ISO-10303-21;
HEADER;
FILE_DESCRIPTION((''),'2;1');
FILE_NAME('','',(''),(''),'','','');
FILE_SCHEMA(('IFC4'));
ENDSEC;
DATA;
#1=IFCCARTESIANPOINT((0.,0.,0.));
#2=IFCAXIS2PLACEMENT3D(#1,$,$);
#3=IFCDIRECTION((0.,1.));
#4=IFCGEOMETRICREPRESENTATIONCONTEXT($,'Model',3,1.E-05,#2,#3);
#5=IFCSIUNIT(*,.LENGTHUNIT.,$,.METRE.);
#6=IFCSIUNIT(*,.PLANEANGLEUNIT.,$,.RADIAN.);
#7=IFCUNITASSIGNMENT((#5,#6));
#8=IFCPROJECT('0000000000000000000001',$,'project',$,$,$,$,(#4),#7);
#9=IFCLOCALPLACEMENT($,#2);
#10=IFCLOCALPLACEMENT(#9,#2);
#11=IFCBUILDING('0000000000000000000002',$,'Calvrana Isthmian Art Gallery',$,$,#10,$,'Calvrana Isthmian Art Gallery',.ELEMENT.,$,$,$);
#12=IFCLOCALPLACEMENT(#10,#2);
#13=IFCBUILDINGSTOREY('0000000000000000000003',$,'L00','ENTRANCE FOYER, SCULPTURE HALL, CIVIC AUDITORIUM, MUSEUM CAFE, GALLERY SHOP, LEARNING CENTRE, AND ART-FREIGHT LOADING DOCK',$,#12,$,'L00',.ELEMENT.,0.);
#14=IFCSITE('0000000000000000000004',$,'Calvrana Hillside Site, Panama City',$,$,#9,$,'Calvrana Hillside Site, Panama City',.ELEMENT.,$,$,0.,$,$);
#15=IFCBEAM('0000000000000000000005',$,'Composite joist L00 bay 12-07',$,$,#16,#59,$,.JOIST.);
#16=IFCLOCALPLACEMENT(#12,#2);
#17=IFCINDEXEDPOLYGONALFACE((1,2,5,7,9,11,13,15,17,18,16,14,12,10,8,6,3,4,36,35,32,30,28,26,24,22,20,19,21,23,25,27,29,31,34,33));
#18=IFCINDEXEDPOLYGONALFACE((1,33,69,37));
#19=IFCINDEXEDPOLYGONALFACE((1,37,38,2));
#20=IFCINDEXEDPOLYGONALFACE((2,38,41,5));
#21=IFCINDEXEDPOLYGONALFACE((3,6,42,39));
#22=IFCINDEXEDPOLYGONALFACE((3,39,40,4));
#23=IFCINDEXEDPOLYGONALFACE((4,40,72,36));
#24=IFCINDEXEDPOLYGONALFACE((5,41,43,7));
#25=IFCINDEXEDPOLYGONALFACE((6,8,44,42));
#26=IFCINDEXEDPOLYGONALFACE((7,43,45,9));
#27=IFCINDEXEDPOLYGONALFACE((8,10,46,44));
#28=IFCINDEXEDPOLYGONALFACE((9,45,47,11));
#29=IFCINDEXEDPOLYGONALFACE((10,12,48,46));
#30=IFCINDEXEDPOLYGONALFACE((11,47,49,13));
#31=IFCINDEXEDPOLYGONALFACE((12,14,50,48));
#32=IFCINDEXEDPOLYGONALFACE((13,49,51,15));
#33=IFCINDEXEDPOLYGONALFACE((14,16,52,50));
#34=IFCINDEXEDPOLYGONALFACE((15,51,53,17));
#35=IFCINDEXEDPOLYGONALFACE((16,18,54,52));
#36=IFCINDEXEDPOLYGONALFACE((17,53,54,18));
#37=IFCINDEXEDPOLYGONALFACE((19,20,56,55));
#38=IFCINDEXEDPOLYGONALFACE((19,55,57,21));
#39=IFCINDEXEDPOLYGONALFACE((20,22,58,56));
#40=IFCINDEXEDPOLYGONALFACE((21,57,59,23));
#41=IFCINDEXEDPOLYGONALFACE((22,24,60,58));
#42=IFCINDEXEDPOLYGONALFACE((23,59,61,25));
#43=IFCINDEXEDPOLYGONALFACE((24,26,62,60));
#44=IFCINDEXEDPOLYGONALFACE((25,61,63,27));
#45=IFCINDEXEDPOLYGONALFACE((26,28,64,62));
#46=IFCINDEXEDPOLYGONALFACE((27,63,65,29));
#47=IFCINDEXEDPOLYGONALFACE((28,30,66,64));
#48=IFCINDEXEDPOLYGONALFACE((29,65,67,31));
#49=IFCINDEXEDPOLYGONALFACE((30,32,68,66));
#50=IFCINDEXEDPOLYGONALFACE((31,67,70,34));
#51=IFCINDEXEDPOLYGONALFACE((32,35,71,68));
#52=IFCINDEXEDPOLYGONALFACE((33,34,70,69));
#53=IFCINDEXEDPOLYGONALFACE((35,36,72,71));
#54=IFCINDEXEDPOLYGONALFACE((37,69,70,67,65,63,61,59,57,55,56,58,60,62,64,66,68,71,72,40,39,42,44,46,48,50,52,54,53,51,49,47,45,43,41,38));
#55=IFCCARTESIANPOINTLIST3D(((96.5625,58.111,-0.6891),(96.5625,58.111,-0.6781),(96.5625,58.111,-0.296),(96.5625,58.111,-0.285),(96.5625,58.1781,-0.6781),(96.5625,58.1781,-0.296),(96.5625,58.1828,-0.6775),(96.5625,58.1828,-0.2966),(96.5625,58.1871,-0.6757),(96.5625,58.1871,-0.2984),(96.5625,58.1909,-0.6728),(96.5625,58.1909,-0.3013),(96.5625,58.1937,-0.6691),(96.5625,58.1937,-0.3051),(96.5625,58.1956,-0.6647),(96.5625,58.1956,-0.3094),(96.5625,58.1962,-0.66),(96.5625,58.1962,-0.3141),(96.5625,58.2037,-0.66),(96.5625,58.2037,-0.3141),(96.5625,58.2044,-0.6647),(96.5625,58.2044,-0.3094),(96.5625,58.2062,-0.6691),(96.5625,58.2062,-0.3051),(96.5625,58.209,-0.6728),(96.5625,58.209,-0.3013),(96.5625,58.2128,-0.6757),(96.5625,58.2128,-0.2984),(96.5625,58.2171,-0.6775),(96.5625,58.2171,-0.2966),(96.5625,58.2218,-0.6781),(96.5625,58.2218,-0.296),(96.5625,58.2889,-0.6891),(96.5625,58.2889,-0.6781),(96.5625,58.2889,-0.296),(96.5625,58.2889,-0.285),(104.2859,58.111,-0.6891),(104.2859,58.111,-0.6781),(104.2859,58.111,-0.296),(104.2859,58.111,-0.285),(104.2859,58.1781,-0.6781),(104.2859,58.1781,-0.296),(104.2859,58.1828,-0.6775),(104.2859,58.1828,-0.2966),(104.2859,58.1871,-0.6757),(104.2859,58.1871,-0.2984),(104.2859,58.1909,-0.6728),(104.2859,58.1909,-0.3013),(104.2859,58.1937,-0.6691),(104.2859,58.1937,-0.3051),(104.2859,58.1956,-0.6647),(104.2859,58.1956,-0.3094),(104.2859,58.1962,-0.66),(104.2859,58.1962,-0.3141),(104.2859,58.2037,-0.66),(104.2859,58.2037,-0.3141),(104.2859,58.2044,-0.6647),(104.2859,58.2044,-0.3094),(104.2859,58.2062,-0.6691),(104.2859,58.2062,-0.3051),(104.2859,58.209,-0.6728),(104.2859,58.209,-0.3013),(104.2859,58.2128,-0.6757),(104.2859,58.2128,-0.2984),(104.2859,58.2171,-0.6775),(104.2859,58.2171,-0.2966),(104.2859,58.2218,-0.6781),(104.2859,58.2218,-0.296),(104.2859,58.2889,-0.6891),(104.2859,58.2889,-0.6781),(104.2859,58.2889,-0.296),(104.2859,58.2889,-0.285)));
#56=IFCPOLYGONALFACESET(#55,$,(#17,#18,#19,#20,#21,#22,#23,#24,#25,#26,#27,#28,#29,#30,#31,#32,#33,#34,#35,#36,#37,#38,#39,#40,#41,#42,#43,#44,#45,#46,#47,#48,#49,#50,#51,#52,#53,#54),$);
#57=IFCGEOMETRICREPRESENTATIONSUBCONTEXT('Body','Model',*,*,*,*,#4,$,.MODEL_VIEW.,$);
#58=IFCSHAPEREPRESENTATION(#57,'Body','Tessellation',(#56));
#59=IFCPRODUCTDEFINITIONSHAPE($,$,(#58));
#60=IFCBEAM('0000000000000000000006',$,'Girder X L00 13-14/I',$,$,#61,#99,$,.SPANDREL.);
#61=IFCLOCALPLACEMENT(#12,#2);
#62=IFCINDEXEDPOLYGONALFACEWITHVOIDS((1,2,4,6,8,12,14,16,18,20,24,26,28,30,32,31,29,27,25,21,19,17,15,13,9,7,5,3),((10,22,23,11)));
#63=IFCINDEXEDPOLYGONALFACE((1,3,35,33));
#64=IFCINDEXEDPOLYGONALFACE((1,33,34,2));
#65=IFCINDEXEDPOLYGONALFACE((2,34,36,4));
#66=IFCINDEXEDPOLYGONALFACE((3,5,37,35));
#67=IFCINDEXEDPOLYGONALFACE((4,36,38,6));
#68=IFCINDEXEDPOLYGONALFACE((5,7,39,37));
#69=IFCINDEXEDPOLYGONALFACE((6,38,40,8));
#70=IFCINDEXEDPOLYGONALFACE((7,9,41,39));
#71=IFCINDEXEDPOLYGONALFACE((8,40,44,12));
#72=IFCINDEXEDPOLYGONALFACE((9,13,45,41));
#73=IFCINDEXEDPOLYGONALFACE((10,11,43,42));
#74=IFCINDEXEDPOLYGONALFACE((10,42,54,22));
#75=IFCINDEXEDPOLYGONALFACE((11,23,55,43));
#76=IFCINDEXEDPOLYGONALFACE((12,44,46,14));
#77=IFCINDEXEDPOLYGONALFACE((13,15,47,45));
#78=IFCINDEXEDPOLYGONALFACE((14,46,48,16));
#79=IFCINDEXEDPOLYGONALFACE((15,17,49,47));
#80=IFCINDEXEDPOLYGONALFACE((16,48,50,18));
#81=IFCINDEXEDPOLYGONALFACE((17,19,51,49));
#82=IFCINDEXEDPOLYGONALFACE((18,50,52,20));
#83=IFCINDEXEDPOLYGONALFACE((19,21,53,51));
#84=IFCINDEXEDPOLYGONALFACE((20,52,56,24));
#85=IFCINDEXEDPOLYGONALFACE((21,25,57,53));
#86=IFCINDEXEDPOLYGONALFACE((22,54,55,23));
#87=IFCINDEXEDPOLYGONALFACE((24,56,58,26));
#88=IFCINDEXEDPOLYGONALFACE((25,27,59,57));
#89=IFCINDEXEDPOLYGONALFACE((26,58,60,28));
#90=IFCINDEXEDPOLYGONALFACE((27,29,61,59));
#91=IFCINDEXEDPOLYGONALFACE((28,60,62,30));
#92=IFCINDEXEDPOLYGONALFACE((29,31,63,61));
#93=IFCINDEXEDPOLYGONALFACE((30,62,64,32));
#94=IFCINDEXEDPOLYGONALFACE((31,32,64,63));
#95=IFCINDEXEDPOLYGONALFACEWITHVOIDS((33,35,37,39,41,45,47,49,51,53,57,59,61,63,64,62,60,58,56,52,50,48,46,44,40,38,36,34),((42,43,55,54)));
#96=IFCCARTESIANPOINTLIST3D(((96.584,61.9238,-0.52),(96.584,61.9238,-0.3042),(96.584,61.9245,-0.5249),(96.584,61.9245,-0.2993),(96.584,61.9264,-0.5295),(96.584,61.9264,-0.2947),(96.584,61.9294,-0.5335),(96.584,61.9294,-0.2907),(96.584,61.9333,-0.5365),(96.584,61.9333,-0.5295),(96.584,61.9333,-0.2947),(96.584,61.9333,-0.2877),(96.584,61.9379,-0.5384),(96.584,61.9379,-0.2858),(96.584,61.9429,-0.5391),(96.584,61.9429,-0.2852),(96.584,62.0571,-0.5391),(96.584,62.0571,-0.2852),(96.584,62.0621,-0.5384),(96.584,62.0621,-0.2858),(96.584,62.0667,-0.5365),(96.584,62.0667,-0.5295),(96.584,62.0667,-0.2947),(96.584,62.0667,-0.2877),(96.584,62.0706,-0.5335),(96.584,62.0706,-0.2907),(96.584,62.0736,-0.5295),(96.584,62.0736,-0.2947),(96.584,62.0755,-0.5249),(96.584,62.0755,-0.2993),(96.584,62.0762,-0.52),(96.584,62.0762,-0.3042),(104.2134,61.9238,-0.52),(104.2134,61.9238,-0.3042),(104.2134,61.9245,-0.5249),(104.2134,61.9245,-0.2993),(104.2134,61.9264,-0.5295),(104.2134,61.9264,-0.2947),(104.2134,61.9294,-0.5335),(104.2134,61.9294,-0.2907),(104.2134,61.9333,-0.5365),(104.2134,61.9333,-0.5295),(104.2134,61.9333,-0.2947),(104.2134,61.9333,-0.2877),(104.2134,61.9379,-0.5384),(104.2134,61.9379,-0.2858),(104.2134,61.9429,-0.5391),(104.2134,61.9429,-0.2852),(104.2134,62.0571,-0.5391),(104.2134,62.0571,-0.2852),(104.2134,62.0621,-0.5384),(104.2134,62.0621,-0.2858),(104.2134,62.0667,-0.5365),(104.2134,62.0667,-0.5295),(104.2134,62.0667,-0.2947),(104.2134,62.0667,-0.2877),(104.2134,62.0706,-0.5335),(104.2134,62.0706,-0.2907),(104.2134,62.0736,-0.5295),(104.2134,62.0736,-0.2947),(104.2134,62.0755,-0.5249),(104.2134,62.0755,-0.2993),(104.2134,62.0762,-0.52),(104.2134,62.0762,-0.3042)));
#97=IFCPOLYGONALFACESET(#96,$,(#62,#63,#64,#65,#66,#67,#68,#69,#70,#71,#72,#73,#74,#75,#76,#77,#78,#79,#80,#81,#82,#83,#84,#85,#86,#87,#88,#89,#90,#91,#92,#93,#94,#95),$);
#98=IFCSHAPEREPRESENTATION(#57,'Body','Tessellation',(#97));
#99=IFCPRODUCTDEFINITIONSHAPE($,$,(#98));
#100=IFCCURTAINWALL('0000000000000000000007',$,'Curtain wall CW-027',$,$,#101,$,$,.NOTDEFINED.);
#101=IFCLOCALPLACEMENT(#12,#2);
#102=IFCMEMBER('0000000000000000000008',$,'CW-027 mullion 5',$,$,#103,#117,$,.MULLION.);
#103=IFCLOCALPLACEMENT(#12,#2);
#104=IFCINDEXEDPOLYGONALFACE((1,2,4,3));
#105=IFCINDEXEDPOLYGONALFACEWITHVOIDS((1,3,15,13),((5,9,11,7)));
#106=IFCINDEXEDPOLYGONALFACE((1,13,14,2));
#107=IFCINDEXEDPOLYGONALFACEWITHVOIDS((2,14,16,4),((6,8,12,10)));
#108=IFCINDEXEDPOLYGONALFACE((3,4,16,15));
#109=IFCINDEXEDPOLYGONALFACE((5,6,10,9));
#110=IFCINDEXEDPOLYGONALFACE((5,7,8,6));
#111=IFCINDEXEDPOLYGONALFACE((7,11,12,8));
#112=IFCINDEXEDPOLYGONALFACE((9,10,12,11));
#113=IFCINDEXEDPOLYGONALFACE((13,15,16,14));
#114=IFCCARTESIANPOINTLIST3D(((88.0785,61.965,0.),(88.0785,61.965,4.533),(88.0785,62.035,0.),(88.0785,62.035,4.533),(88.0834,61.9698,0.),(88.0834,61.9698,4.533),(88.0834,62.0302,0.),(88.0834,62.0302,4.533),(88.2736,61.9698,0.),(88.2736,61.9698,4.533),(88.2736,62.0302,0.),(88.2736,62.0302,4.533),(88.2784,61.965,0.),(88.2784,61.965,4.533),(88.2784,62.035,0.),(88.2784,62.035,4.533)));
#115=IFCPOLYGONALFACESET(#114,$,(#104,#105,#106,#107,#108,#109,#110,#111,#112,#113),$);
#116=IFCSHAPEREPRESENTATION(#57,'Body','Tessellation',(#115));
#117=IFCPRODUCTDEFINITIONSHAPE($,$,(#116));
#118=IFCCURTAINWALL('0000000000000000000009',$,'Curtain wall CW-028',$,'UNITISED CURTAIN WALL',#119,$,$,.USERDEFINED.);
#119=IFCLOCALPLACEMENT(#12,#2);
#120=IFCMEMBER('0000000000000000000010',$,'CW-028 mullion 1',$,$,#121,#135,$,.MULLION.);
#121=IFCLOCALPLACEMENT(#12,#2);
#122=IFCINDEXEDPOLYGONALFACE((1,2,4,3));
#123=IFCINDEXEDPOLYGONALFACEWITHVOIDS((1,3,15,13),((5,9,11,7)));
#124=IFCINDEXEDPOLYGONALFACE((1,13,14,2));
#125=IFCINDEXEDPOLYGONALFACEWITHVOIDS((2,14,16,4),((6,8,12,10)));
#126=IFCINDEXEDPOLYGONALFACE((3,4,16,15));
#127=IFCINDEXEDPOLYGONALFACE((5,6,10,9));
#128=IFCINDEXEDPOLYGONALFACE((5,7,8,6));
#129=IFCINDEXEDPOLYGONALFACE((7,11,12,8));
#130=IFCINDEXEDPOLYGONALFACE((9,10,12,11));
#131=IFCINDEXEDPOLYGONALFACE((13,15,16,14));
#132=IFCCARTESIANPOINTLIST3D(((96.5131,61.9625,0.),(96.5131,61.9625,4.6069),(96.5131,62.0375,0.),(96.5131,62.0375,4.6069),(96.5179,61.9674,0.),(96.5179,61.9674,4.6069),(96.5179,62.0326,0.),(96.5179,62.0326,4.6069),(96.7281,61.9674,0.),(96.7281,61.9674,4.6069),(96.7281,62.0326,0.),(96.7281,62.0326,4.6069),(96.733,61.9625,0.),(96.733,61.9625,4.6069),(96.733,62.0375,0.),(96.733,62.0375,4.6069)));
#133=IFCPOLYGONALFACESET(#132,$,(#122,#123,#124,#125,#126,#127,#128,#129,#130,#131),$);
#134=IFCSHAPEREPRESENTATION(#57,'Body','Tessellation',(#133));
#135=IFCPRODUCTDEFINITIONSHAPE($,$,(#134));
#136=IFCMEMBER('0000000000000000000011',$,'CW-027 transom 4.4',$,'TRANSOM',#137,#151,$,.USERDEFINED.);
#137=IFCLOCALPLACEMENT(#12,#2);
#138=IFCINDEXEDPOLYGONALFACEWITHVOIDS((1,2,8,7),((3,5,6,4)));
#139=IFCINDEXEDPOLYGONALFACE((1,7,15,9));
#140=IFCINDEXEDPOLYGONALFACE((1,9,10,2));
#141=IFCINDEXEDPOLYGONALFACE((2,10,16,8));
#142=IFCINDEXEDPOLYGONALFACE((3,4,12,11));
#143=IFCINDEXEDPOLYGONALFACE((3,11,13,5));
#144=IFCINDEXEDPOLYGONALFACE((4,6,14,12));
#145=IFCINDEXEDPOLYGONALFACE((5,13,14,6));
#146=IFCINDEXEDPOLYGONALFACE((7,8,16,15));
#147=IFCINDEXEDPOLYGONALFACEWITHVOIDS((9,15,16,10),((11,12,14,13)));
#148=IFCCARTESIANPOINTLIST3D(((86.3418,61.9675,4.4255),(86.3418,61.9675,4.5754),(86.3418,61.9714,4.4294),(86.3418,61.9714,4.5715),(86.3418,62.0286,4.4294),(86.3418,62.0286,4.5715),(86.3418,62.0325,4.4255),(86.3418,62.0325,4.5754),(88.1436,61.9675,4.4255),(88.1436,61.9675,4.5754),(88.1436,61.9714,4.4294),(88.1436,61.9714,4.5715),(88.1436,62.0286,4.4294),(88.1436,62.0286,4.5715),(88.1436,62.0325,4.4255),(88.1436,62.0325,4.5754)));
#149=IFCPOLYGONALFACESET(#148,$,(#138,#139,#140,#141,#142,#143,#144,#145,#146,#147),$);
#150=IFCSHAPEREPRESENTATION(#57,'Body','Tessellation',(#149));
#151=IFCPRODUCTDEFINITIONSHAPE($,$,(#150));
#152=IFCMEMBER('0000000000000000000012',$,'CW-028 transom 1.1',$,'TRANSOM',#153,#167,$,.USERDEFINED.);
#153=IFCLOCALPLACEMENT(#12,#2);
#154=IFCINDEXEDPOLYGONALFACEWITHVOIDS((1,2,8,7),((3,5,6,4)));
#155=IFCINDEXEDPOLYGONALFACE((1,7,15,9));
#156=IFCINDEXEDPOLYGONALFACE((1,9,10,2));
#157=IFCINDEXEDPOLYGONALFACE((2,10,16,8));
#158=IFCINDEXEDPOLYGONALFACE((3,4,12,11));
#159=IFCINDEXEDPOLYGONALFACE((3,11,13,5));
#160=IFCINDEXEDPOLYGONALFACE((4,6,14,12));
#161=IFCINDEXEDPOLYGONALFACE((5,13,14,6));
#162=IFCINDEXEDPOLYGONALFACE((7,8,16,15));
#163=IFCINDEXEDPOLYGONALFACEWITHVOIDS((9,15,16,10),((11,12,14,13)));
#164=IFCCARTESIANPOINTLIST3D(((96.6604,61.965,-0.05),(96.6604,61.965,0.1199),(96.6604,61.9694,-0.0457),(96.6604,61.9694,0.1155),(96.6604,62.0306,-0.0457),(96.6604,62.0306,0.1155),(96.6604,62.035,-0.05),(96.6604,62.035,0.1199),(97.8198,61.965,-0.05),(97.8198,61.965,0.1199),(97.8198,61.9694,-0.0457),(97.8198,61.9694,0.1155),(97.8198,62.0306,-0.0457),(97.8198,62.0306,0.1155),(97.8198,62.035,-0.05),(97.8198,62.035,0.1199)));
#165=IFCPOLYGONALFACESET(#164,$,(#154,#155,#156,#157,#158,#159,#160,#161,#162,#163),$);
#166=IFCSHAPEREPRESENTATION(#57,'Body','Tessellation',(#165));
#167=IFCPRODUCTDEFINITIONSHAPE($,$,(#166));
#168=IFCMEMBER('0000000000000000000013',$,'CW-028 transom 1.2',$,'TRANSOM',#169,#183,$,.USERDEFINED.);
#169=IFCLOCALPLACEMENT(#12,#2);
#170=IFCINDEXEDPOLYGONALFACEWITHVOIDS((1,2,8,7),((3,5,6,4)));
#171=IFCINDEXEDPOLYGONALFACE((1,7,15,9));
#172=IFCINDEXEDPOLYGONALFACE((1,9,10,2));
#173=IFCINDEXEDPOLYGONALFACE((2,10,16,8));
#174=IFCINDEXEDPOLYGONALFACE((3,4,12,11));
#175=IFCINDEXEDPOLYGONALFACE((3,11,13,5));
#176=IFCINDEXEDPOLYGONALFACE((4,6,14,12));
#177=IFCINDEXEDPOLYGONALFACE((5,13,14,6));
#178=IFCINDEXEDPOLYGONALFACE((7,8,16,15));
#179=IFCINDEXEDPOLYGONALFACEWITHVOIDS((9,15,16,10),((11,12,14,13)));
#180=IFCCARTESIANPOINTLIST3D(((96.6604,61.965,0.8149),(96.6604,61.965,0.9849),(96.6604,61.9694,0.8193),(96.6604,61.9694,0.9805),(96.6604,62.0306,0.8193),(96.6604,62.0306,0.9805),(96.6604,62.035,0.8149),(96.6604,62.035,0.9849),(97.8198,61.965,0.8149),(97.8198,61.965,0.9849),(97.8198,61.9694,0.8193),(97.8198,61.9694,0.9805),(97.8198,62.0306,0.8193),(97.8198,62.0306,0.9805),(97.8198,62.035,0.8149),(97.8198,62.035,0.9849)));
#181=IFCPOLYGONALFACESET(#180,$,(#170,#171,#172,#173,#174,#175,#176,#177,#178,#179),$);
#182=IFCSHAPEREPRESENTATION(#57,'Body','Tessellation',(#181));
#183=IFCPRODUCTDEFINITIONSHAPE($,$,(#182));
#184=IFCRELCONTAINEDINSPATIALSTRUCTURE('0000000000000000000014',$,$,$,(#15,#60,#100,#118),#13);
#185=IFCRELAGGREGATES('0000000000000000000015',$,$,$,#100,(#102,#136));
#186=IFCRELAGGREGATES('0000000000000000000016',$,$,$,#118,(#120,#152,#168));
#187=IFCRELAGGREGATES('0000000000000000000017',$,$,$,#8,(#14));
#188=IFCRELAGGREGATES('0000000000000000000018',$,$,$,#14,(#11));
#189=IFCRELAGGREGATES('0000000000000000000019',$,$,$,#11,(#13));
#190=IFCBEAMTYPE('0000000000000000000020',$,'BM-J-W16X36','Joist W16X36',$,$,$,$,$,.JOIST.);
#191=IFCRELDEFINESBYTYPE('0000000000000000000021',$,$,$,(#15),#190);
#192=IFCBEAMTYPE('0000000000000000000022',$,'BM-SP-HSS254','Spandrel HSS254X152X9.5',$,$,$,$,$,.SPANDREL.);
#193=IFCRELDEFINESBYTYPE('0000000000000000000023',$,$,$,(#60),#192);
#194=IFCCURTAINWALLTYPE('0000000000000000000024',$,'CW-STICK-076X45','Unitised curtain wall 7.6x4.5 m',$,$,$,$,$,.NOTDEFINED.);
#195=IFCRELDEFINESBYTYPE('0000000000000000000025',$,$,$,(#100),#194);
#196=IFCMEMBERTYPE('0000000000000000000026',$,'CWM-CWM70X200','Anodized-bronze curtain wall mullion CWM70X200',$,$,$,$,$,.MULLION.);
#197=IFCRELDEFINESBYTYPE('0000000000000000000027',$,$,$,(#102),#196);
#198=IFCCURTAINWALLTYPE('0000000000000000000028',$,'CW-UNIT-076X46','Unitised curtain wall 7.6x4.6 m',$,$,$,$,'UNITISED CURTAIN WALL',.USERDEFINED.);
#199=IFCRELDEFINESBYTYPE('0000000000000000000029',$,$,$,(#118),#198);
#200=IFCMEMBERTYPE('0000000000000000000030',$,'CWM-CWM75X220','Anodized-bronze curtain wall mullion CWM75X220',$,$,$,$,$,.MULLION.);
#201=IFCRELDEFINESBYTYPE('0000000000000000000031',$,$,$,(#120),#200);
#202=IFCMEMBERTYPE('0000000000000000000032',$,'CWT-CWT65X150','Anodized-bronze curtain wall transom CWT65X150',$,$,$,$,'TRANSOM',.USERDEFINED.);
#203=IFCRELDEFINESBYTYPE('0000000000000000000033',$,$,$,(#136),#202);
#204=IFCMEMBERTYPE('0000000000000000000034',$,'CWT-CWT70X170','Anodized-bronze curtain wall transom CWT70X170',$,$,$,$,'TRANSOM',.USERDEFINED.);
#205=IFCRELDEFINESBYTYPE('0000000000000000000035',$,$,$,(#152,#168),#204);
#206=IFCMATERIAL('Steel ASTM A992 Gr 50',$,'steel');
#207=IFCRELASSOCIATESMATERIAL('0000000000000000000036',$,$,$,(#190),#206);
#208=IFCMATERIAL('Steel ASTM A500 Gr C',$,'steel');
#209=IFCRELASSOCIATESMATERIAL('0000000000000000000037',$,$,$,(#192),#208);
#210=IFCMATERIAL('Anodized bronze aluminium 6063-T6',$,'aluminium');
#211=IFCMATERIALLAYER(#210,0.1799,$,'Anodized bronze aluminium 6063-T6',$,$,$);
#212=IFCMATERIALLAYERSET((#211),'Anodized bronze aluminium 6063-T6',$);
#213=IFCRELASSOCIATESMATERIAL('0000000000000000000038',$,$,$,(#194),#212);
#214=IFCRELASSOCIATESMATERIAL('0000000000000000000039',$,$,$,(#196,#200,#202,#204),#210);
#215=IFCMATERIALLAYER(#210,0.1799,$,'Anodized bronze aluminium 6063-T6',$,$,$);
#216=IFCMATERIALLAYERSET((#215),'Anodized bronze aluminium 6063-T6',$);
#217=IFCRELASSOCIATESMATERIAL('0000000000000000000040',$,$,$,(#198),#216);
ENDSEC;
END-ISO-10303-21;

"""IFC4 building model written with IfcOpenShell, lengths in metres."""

from ifc_helpers import new_model, si_unit, direction, frame, origin, origin_2d, place, context, subcontext, project, spatial, hollow_rectangle, i_section, extrude, material, layer, layer_set, material_profile, profile_set, type_object, element, aggregate, save


model = new_model("IFC4")

# Units and contexts
model_context = context("Model", 3, precision=1e-05, world=origin(), true_north=direction((0.0, 1.0)))
body_context = subcontext(model_context, "Body", "Model", "MODEL_VIEW")
ifc_project = project(units=[si_unit("LENGTHUNIT", "METRE"), si_unit("PLANEANGLEUNIT", "RADIAN")], contexts=[model_context])

# Site, building, storey
site_placement = place(None, origin())
site = spatial("IfcSite", under=ifc_project, at=site_placement, Name="Calvrana Hillside Site, Panama City", LongName="Calvrana Hillside Site, Panama City", CompositionType="ELEMENT", RefElevation=0.0)
building_placement = place(site_placement, origin())
building = spatial("IfcBuilding", under=site, at=building_placement, Name="Calvrana Isthmian Art Gallery", LongName="Calvrana Isthmian Art Gallery", CompositionType="ELEMENT")
storey_placement = place(building_placement, origin())
storey = spatial("IfcBuildingStorey", under=building, at=storey_placement, Name="L00", Description="ENTRANCE FOYER, SCULPTURE HALL, CIVIC AUDITORIUM, MUSEUM CAFE, GALLERY SHOP, LEARNING CENTRE, AND ART-FREIGHT LOADING DOCK", LongName="L00", CompositionType="ELEMENT", Elevation=0.0)

# Shared definitions
ifc_material_1 = material(Name="Steel ASTM A992 Gr 50", Category="steel")

# Beams
ifc_material_profile_1 = material_profile(ifc_material_1, i_section(OverallWidth=0.178, OverallDepth=0.4041, WebThickness=0.0076, FlangeThickness=0.011, FilletRadius=0.0181, at=origin_2d()), Name="W16X36")
ifc_profile_set_1 = profile_set([ifc_material_profile_1], Name="Steel ASTM A992 Gr 50")
beam_type_1 = type_object("IfcBeamType", Name="BM-J-W16X36", Description="Joist W16X36", PredefinedType="JOIST", material=ifc_profile_set_1)
beam_1_placement = place(storey_placement, frame((96.5625, 58.2, -0.4871), z_axis=(1.0, 0.0, 0.0), x_axis=(0.0, 1.0, 0.0)))
element("IfcBeam", 1, at=beam_1_placement, inside=storey, type_object=beam_type_1, Name="Composite joist L00 bay 12-07", PredefinedType="JOIST", context=body_context, shape_type="SweptSolid", body=[
    extrude(i_section(OverallWidth=0.178, OverallDepth=0.4041, WebThickness=0.0076, FlangeThickness=0.011, FilletRadius=0.0181, at=origin_2d()), origin(), (0.0, 0.0, 1.0), 7.7234),
])
ifc_material_2 = material(Name="Steel ASTM A500 Gr C", Category="steel")
ifc_material_profile_2 = material_profile(ifc_material_2, hollow_rectangle(XDim=0.1523, YDim=0.2539, WallThickness=0.0095, OuterFilletRadius=0.019, at=origin_2d()), Name="HSS254X152X9.5")
ifc_profile_set_2 = profile_set([ifc_material_profile_2], Name="Steel ASTM A500 Gr C")
beam_type_2 = type_object("IfcBeamType", Name="BM-SP-HSS254", Description="Spandrel HSS254X152X9.5", PredefinedType="SPANDREL", material=ifc_profile_set_2)
beam_2_placement = place(storey_placement, frame((96.584, 62.0, -0.4121), z_axis=(1.0, 0.0, 0.0), x_axis=(0.0, 1.0, 0.0)))
element("IfcBeam", 2, at=beam_2_placement, inside=storey, type_object=beam_type_2, Name="Girder X L00 13-14/I", PredefinedType="SPANDREL", context=body_context, shape_type="SweptSolid", body=[
    extrude(hollow_rectangle(XDim=0.1523, YDim=0.2539, WallThickness=0.0095, OuterFilletRadius=0.019, at=origin_2d()), origin(), (0.0, 0.0, 1.0), 7.6294),
])

# Curtain walls, members
ifc_material_3 = material(Name="Anodized bronze aluminium 6063-T6", Category="aluminium")
ifc_layer_1 = layer(ifc_material_3, 0.1799, Name="Anodized bronze aluminium 6063-T6")
ifc_layer_set_1 = layer_set([ifc_layer_1], Name="Anodized bronze aluminium 6063-T6")
curtain_wall_type_1 = type_object("IfcCurtainWallType", Name="CW-STICK-076X45", Description="Unitised curtain wall 7.6x4.5 m", PredefinedType="NOTDEFINED", material=ifc_layer_set_1)
curtain_wall_1_placement = place(storey_placement, origin())
curtain_wall_1 = element("IfcCurtainWall", 3, at=curtain_wall_1_placement, inside=storey, type_object=curtain_wall_type_1, Name="Curtain wall CW-027", PredefinedType="NOTDEFINED")
ifc_material_profile_3 = material_profile(ifc_material_3, hollow_rectangle(XDim=0.0701, YDim=0.2, WallThickness=0.0049, at=origin_2d()), Name="CWM70X200")
ifc_profile_set_3 = profile_set([ifc_material_profile_3], Name="Anodized bronze aluminium 6063-T6")
member_type_1 = type_object("IfcMemberType", Name="CWM-CWM70X200", Description="Anodized-bronze curtain wall mullion CWM70X200", PredefinedType="MULLION", material=ifc_profile_set_3)
member_1_placement = place(storey_placement, frame((88.1785, 62.0, 0.0), z_axis=(0.0, 0.0, 1.0), x_axis=(0.0, 1.0, 0.0)))
member_1 = element("IfcMember", 4, at=member_1_placement, type_object=member_type_1, Name="CW-027 mullion 5", PredefinedType="MULLION", context=body_context, shape_type="SweptSolid", body=[
    extrude(hollow_rectangle(XDim=0.0701, YDim=0.2, WallThickness=0.0049, at=origin_2d()), origin(), (0.0, 0.0, 1.0), 4.533),
])
ifc_layer_2 = layer(ifc_material_3, 0.1799, Name="Anodized bronze aluminium 6063-T6")
ifc_layer_set_2 = layer_set([ifc_layer_2], Name="Anodized bronze aluminium 6063-T6")
curtain_wall_type_2 = type_object("IfcCurtainWallType", Name="CW-UNIT-076X46", Description="Unitised curtain wall 7.6x4.6 m", ElementType="UNITISED CURTAIN WALL", PredefinedType="USERDEFINED", material=ifc_layer_set_2)
curtain_wall_2_placement = place(storey_placement, origin())
curtain_wall_2 = element("IfcCurtainWall", 5, at=curtain_wall_2_placement, inside=storey, type_object=curtain_wall_type_2, Name="Curtain wall CW-028", ObjectType="UNITISED CURTAIN WALL", PredefinedType="USERDEFINED")
ifc_material_profile_4 = material_profile(ifc_material_3, hollow_rectangle(XDim=0.075, YDim=0.22, WallThickness=0.0049, at=origin_2d()), Name="CWM75X220")
ifc_profile_set_4 = profile_set([ifc_material_profile_4], Name="Anodized bronze aluminium 6063-T6")
member_type_2 = type_object("IfcMemberType", Name="CWM-CWM75X220", Description="Anodized-bronze curtain wall mullion CWM75X220", PredefinedType="MULLION", material=ifc_profile_set_4)
member_2_placement = place(storey_placement, frame((96.623, 62.0, 0.0), z_axis=(0.0, 0.0, 1.0), x_axis=(0.0, 1.0, 0.0)))
member_2 = element("IfcMember", 6, at=member_2_placement, type_object=member_type_2, Name="CW-028 mullion 1", PredefinedType="MULLION", context=body_context, shape_type="SweptSolid", body=[
    extrude(hollow_rectangle(XDim=0.075, YDim=0.22, WallThickness=0.0049, at=origin_2d()), origin(), (0.0, 0.0, 1.0), 4.6069),
])

# Members
ifc_material_profile_5 = material_profile(ifc_material_3, hollow_rectangle(XDim=0.0649, YDim=0.1499, WallThickness=0.0039, at=origin_2d()), Name="CWT65X150")
ifc_profile_set_5 = profile_set([ifc_material_profile_5], Name="Anodized bronze aluminium 6063-T6")
member_type_3 = type_object("IfcMemberType", Name="CWT-CWT65X150", Description="Anodized-bronze curtain wall transom CWT65X150", ElementType="TRANSOM", PredefinedType="USERDEFINED", material=ifc_profile_set_5)
member_3_placement = place(storey_placement, frame((86.3418, 62.0, 4.5005), z_axis=(1.0, 0.0, 0.0), x_axis=(0.0, 1.0, 0.0)))
member_3 = element("IfcMember", 7, at=member_3_placement, type_object=member_type_3, Name="CW-027 transom 4.4", ObjectType="TRANSOM", PredefinedType="USERDEFINED", context=body_context, shape_type="SweptSolid", body=[
    extrude(hollow_rectangle(XDim=0.0649, YDim=0.1499, WallThickness=0.0039, at=origin_2d()), origin(), (0.0, 0.0, 1.0), 1.8018),
])
ifc_material_profile_6 = material_profile(ifc_material_3, hollow_rectangle(XDim=0.0701, YDim=0.1699, WallThickness=0.0044, at=origin_2d()), Name="CWT70X170")
ifc_profile_set_6 = profile_set([ifc_material_profile_6], Name="Anodized bronze aluminium 6063-T6")
member_type_4 = type_object("IfcMemberType", Name="CWT-CWT70X170", Description="Anodized-bronze curtain wall transom CWT70X170", ElementType="TRANSOM", PredefinedType="USERDEFINED", material=ifc_profile_set_6)
member_4_placement = place(storey_placement, frame((96.6604, 62.0, 0.0349), z_axis=(1.0, 0.0, 0.0), x_axis=(0.0, 1.0, 0.0)))
member_4 = element("IfcMember", 8, at=member_4_placement, type_object=member_type_4, Name="CW-028 transom 1.1", ObjectType="TRANSOM", PredefinedType="USERDEFINED", context=body_context, shape_type="SweptSolid", body=[
    extrude(hollow_rectangle(XDim=0.0701, YDim=0.1699, WallThickness=0.0044, at=origin_2d()), origin(), (0.0, 0.0, 1.0), 1.1594),
])
member_5_placement = place(storey_placement, frame((96.6604, 62.0, 0.8999), z_axis=(1.0, 0.0, 0.0), x_axis=(0.0, 1.0, 0.0)))
member_5 = element("IfcMember", 9, at=member_5_placement, type_object=member_type_4, Name="CW-028 transom 1.2", ObjectType="TRANSOM", PredefinedType="USERDEFINED", context=body_context, shape_type="SweptSolid", body=[
    extrude(hollow_rectangle(XDim=0.0701, YDim=0.1699, WallThickness=0.0044, at=origin_2d()), origin(), (0.0, 0.0, 1.0), 1.1594),
])

aggregate(curtain_wall_1, [member_1, member_3])
aggregate(curtain_wall_2, [member_2, member_4, member_5])

save(model, "model.ifc")
